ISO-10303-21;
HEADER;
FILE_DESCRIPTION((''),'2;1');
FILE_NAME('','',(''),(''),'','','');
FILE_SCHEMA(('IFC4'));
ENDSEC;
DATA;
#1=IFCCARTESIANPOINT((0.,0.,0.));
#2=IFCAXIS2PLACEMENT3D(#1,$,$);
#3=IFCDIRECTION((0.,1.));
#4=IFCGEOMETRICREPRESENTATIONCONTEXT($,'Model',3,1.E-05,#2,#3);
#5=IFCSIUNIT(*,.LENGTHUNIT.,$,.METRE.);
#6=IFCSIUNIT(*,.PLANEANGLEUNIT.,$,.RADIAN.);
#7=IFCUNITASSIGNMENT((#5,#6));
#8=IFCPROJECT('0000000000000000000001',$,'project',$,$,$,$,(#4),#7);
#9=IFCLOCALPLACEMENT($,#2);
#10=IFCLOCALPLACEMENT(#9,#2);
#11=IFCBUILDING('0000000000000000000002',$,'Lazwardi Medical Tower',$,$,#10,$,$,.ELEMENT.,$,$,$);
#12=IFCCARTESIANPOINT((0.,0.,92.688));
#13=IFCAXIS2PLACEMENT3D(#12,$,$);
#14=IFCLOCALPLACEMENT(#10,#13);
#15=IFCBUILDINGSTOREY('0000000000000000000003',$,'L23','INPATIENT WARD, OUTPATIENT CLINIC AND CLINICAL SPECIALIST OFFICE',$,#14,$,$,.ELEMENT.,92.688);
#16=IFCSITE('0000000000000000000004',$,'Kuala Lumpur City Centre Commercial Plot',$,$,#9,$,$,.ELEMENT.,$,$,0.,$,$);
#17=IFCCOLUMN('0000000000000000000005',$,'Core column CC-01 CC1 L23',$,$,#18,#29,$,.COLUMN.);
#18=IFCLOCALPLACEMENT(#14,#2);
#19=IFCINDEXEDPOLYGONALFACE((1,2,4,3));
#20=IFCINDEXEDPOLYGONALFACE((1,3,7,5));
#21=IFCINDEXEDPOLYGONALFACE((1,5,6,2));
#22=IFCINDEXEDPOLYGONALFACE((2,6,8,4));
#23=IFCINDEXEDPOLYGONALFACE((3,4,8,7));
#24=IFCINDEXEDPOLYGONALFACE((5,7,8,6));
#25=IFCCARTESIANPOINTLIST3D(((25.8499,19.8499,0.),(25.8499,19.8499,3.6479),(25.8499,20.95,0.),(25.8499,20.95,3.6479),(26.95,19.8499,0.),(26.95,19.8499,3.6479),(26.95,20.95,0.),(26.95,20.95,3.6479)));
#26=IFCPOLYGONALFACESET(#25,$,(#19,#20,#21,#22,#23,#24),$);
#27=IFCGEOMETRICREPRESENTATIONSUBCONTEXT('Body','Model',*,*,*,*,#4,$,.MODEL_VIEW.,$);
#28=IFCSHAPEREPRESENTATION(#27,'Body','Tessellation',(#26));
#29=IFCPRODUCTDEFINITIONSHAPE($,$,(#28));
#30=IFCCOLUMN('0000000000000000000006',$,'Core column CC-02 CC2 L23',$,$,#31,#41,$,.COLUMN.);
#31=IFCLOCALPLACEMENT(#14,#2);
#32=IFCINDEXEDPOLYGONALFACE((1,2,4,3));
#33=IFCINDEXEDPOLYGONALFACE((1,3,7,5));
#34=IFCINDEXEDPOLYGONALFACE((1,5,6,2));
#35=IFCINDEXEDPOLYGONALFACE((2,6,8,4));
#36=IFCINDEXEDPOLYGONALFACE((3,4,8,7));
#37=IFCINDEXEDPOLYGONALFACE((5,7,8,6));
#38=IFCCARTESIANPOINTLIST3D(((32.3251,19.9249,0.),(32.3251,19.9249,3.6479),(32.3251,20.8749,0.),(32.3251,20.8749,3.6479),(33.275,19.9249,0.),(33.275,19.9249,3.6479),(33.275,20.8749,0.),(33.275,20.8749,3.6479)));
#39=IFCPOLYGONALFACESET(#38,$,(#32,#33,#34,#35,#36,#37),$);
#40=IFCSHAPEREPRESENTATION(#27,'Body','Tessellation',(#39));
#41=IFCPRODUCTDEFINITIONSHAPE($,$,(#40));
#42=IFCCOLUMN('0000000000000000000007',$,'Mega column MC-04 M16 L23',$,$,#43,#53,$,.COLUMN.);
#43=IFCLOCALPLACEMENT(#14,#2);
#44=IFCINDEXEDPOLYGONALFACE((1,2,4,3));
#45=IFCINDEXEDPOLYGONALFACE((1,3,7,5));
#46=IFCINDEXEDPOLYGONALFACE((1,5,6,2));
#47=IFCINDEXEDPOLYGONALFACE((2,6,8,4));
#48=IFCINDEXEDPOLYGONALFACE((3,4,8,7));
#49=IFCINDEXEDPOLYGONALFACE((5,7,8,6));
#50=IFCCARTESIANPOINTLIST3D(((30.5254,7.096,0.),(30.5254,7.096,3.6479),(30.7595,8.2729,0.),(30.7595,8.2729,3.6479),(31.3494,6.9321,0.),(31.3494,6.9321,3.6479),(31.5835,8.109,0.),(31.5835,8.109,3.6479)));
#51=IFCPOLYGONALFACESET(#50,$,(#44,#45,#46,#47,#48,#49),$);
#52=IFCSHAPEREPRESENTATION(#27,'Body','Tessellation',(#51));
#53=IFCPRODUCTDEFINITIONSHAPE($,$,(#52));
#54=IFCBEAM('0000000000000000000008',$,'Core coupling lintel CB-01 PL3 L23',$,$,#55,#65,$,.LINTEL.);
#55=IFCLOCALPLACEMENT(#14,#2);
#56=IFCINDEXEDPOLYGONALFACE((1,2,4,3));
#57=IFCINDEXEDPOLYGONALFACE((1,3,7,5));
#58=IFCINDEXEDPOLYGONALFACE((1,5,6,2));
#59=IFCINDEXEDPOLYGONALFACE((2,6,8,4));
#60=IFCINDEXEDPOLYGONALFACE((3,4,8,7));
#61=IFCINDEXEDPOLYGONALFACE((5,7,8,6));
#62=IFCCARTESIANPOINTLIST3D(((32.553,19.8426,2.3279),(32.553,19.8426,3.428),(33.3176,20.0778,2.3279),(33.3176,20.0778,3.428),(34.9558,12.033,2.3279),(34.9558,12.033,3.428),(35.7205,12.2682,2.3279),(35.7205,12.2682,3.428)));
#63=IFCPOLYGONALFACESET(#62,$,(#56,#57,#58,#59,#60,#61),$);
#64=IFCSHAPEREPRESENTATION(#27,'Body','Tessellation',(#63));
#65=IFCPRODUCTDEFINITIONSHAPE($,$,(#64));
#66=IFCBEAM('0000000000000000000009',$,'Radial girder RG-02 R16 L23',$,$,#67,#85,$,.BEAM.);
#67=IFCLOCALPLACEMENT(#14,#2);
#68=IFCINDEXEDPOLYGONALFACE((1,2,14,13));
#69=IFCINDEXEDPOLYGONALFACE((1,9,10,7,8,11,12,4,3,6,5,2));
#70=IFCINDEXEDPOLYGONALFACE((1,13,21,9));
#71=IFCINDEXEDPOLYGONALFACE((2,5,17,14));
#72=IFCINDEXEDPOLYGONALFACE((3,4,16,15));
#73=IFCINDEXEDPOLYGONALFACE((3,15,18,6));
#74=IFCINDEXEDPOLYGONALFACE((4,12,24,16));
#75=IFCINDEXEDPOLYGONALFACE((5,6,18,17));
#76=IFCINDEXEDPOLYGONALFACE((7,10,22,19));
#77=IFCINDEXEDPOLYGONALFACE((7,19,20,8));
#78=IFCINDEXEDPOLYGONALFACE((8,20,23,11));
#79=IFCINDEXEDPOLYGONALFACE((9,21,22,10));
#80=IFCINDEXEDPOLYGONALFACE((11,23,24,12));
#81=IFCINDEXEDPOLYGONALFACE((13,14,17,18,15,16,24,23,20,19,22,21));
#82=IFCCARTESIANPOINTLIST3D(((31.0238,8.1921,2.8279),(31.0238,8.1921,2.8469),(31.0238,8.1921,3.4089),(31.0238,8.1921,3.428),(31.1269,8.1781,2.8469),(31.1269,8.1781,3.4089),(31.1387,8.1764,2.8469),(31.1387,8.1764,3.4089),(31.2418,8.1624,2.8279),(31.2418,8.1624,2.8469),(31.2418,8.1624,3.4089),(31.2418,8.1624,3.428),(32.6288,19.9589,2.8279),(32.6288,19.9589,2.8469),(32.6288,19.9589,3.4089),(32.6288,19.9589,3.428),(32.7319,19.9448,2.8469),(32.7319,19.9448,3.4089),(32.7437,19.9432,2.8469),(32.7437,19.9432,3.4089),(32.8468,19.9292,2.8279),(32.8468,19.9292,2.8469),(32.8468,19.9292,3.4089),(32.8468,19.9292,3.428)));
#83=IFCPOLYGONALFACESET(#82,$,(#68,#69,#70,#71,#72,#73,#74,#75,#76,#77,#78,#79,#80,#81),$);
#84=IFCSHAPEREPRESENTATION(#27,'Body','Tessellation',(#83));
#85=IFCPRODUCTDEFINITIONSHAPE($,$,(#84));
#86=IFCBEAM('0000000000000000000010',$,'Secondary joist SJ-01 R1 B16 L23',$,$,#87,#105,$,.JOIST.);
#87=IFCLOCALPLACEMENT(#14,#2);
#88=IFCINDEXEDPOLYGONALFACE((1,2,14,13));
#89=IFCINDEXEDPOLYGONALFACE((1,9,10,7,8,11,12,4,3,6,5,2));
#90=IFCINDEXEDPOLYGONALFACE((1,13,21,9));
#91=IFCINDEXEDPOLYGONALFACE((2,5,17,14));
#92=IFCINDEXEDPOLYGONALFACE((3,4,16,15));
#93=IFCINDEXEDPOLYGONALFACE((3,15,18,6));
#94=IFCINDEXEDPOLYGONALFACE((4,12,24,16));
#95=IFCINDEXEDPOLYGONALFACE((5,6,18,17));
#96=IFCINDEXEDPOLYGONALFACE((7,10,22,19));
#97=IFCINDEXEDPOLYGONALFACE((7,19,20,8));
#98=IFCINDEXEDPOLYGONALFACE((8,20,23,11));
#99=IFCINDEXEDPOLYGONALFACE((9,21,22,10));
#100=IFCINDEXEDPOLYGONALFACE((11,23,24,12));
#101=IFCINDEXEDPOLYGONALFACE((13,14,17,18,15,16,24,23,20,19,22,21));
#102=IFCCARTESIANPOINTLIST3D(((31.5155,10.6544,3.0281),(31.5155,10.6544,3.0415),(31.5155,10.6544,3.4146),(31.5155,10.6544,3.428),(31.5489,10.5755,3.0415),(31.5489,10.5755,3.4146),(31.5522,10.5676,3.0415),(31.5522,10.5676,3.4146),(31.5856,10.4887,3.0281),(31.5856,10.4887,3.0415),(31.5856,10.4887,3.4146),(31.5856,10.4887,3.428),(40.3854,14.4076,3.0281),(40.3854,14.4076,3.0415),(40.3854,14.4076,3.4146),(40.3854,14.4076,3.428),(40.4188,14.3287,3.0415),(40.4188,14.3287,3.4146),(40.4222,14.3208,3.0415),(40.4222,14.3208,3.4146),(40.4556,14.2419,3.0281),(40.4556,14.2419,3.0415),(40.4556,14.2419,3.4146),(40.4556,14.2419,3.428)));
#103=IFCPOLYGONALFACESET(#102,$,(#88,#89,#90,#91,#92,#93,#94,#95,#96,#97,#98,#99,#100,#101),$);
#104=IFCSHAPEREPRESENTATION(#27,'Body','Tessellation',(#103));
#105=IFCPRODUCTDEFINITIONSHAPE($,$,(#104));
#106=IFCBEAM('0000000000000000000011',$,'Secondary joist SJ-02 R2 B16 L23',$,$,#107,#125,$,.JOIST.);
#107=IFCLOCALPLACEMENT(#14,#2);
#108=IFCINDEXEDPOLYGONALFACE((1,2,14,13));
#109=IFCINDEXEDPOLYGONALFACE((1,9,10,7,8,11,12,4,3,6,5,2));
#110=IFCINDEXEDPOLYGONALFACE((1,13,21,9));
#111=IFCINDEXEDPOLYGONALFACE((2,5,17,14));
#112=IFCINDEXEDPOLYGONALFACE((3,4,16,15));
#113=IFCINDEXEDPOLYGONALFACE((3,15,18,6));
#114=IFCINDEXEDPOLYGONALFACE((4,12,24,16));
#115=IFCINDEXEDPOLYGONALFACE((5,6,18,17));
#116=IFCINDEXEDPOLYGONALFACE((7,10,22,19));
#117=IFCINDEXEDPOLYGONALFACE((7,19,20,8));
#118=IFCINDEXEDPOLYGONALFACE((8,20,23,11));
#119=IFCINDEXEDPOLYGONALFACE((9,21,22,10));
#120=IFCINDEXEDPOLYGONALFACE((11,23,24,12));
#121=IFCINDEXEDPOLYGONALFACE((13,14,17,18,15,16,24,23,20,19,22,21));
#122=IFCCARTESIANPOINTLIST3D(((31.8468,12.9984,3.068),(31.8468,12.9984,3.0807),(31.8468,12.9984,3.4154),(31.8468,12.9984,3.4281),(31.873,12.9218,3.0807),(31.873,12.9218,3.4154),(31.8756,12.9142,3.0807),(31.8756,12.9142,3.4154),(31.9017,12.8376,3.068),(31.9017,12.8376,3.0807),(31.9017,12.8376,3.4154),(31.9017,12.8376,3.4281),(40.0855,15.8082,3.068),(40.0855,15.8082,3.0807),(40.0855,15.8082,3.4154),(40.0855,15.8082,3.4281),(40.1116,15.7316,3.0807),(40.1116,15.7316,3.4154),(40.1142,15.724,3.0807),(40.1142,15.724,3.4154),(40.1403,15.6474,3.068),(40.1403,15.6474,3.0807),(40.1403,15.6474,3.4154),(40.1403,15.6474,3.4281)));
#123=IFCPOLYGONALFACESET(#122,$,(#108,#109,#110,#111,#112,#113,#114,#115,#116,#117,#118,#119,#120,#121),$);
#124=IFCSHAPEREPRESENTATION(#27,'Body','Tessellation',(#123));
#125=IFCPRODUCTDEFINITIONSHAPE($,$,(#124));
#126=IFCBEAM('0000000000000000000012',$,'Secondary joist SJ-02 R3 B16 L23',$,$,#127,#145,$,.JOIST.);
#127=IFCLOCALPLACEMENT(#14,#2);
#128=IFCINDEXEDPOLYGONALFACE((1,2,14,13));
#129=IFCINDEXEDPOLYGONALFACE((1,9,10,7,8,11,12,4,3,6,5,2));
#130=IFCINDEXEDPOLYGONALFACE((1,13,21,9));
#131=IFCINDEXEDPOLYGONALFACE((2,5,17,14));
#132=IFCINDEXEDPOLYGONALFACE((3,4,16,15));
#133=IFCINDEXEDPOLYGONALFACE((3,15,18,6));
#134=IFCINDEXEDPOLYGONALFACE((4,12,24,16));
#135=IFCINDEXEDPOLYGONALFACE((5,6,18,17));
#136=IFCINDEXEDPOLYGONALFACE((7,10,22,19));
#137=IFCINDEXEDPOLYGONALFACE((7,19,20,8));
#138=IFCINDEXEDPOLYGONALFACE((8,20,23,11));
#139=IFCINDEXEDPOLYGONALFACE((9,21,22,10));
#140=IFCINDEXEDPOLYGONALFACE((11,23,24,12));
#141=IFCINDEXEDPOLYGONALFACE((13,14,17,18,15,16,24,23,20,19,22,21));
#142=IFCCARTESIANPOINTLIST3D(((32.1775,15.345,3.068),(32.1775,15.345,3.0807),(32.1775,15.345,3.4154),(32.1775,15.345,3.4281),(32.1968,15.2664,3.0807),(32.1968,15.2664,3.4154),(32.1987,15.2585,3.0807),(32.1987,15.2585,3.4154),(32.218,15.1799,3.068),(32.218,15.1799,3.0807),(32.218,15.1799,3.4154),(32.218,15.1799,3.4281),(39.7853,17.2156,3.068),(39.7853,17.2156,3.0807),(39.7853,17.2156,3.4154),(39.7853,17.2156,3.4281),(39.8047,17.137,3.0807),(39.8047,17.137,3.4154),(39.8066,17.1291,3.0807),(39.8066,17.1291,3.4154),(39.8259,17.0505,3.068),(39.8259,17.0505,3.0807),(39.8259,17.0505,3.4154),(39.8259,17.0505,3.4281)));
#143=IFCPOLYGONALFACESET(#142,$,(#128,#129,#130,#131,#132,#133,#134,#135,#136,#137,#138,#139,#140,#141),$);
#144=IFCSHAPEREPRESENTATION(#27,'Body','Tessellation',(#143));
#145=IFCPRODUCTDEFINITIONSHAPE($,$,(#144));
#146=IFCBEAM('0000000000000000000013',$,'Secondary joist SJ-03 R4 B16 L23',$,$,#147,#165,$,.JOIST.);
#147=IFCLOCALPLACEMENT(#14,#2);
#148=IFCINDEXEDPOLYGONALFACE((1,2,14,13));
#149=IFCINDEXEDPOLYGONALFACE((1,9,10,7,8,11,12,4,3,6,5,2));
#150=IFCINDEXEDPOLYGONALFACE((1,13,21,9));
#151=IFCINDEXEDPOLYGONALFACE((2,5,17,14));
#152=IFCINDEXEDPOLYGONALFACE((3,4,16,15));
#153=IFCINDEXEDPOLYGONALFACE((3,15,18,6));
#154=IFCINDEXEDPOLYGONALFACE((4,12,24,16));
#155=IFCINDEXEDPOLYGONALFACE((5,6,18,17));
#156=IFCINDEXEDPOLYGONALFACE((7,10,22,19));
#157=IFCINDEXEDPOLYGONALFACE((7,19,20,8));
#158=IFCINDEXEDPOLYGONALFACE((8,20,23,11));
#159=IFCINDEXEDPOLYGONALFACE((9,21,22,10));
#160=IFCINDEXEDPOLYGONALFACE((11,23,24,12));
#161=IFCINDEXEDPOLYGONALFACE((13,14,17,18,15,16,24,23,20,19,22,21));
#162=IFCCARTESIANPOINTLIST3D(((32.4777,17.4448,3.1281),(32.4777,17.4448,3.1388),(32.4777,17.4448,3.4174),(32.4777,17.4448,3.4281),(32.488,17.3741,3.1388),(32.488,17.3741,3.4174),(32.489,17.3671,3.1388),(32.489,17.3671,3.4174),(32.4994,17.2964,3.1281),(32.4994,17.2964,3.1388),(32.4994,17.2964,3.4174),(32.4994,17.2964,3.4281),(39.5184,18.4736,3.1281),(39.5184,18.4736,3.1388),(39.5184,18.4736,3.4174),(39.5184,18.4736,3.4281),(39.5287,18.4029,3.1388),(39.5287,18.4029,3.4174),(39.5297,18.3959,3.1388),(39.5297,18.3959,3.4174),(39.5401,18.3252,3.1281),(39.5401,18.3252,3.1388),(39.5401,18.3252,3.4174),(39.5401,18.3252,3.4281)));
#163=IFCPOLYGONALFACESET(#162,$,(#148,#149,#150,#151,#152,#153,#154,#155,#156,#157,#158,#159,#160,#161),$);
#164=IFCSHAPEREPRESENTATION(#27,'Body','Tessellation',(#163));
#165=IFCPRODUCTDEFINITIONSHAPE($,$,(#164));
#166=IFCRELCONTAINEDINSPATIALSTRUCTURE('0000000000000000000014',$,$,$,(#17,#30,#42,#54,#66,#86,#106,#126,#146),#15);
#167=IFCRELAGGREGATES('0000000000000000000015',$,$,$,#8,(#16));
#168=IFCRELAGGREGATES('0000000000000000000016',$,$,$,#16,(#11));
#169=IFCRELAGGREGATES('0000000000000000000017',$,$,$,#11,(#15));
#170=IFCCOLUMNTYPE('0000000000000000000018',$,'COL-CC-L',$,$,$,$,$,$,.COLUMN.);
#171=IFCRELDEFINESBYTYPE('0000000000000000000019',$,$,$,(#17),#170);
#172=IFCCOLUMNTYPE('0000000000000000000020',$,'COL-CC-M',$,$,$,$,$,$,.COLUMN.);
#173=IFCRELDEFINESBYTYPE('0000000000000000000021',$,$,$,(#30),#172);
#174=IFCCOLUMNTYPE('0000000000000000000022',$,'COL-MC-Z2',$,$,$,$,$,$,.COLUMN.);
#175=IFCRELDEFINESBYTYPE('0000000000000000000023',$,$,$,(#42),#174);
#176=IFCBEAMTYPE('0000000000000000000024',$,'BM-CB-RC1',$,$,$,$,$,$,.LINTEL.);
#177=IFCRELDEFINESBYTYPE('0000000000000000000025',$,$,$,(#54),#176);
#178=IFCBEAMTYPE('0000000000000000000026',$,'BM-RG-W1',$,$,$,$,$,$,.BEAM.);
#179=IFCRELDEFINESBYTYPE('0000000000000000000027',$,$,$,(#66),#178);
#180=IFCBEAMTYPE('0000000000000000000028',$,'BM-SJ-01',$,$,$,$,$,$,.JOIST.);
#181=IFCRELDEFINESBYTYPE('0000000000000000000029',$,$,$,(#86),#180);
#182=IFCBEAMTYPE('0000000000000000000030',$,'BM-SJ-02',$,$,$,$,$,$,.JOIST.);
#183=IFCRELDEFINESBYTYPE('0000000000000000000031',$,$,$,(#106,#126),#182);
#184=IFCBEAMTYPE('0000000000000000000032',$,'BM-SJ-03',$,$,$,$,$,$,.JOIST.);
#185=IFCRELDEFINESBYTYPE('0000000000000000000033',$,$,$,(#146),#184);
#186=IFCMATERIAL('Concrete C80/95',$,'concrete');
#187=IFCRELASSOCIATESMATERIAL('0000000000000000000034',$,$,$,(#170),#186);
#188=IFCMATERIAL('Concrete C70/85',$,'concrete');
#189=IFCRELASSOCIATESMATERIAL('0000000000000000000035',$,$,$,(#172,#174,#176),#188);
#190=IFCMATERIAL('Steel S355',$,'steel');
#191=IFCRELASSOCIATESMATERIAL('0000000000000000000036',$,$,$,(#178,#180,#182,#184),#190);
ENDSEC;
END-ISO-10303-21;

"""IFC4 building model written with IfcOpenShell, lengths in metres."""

from ifc_helpers import new_model, si_unit, direction, frame, origin, origin_2d, place, context, subcontext, project, spatial, rectangle, i_section, extrude, material, material_profile, profile_set, type_object, element, save


model = new_model("IFC4")

# Units and contexts
model_context = context("Model", 3, precision=1e-05, world=origin(), true_north=direction((0.0, 1.0)))
body_context = subcontext(model_context, "Body", "Model", "MODEL_VIEW")
ifc_project = project(units=[si_unit("LENGTHUNIT", "METRE"), si_unit("PLANEANGLEUNIT", "RADIAN")], contexts=[model_context])

# Site, building, storey
site_placement = place(None, origin())
site = spatial("IfcSite", under=ifc_project, at=site_placement, Name="Kuala Lumpur City Centre Commercial Plot", CompositionType="ELEMENT", RefElevation=0.0)
building_placement = place(site_placement, origin())
building = spatial("IfcBuilding", under=site, at=building_placement, Name="Lazwardi Medical Tower", CompositionType="ELEMENT")
storey_placement = place(building_placement, frame((0.0, 0.0, 92.688)))
storey = spatial("IfcBuildingStorey", under=building, at=storey_placement, Name="L23", Description="INPATIENT WARD, OUTPATIENT CLINIC AND CLINICAL SPECIALIST OFFICE", CompositionType="ELEMENT", Elevation=92.688)

# Columns
ifc_material_1 = material(Name="Concrete C80/95", Category="concrete")
ifc_material_profile_1 = material_profile(ifc_material_1, rectangle(XDim=1.1001, YDim=1.1001, at=origin_2d()), Name="RC 1100x1100")
ifc_profile_set_1 = profile_set([ifc_material_profile_1], Name="Concrete C80/95")
column_type_1 = type_object("IfcColumnType", Name="COL-CC-L", PredefinedType="COLUMN", material=ifc_profile_set_1)
column_1_placement = place(storey_placement, frame((26.3999, 20.3999, 0.0), z_axis=(0.0, 0.0, 1.0), x_axis=(1.0, 0.0, 0.0)))
element("IfcColumn", 1, at=column_1_placement, inside=storey, type_object=column_type_1, Name="Core column CC-01 CC1 L23", PredefinedType="COLUMN", context=body_context, shape_type="SweptSolid", body=[
    extrude(rectangle(XDim=1.1001, YDim=1.1001, at=origin_2d()), origin(), (0.0, 0.0, 1.0), 3.6479),
])
ifc_material_2 = material(Name="Concrete C70/85", Category="concrete")
ifc_material_profile_2 = material_profile(ifc_material_2, rectangle(XDim=0.95, YDim=0.95, at=origin_2d()), Name="RC 950x950")
ifc_profile_set_2 = profile_set([ifc_material_profile_2], Name="Concrete C70/85")
column_type_2 = type_object("IfcColumnType", Name="COL-CC-M", PredefinedType="COLUMN", material=ifc_profile_set_2)
column_2_placement = place(storey_placement, frame((32.8, 20.3999, 0.0), z_axis=(0.0, 0.0, 1.0), x_axis=(1.0, 0.0, 0.0)))
element("IfcColumn", 2, at=column_2_placement, inside=storey, type_object=column_type_2, Name="Core column CC-02 CC2 L23", PredefinedType="COLUMN", context=body_context, shape_type="SweptSolid", body=[
    extrude(rectangle(XDim=0.95, YDim=0.95, at=origin_2d()), origin(), (0.0, 0.0, 1.0), 3.6479),
])
ifc_material_profile_3 = material_profile(ifc_material_2, rectangle(XDim=1.2, YDim=0.8401, at=origin_2d()), Name="CFT-RECT 1200x840")
ifc_profile_set_3 = profile_set([ifc_material_profile_3], Name="Concrete C70/85")
column_type_3 = type_object("IfcColumnType", Name="COL-MC-Z2", PredefinedType="COLUMN", material=ifc_profile_set_3)
column_3_placement = place(storey_placement, frame((31.0544, 7.6025, 0.0), z_axis=(0.0, 0.0, 1.0), x_axis=(-0.19509, -0.980785, 0.0)))
element("IfcColumn", 3, at=column_3_placement, inside=storey, type_object=column_type_3, Name="Mega column MC-04 M16 L23", PredefinedType="COLUMN", context=body_context, shape_type="SweptSolid", body=[
    extrude(rectangle(XDim=1.2, YDim=0.8401, at=origin_2d()), origin(), (0.0, 0.0, 1.0), 3.6479),
])

# Beams
ifc_material_profile_4 = material_profile(ifc_material_2, rectangle(XDim=0.8, YDim=1.1001, at=origin_2d()), Name="RC 800x1100")
ifc_profile_set_4 = profile_set([ifc_material_profile_4], Name="Concrete C70/85")
beam_type_1 = type_object("IfcBeamType", Name="BM-CB-RC1", PredefinedType="LINTEL", material=ifc_profile_set_4)
beam_1_placement = place(storey_placement, frame((32.9353, 19.9602, 2.8779), z_axis=(0.294073, -0.955783, 0.0), x_axis=(0.955783, 0.294073, 0.0)))
element("IfcBeam", 4, at=beam_1_placement, inside=storey, type_object=beam_type_1, Name="Core coupling lintel CB-01 PL3 L23", PredefinedType="LINTEL", context=body_context, shape_type="SweptSolid", body=[
    extrude(rectangle(XDim=0.8, YDim=1.1001, at=origin_2d()), origin(), (0.0, 0.0, 1.0), 8.1709),
])
ifc_material_3 = material(Name="Steel S355", Category="steel")
ifc_material_profile_5 = material_profile(ifc_material_3, i_section(OverallWidth=0.22, OverallDepth=0.6001, WebThickness=0.012, FlangeThickness=0.019, at=origin_2d()), Name="IPE 600")
ifc_profile_set_5 = profile_set([ifc_material_profile_5], Name="Steel S355")
beam_type_2 = type_object("IfcBeamType", Name="BM-RG-W1", PredefinedType="BEAM", material=ifc_profile_set_5)
beam_2_placement = place(storey_placement, frame((31.1328, 8.1772, 3.1279), z_axis=(0.135147, 0.990826, 0.0), x_axis=(-0.990826, 0.135147, 0.0)))
element("IfcBeam", 5, at=beam_2_placement, inside=storey, type_object=beam_type_2, Name="Radial girder RG-02 R16 L23", PredefinedType="BEAM", context=body_context, shape_type="SweptSolid", body=[
    extrude(i_section(OverallWidth=0.22, OverallDepth=0.6001, WebThickness=0.012, FlangeThickness=0.019, at=origin_2d()), origin(), (0.0, 0.0, 1.0), 11.8757),
])
ifc_material_profile_6 = material_profile(ifc_material_3, i_section(OverallWidth=0.1799, OverallDepth=0.3999, WebThickness=0.0085, FlangeThickness=0.0134, at=origin_2d()), Name="IPE 400")
ifc_profile_set_6 = profile_set([ifc_material_profile_6], Name="Steel S355")
beam_type_3 = type_object("IfcBeamType", Name="BM-SJ-01", PredefinedType="JOIST", material=ifc_profile_set_6)
beam_3_placement = place(storey_placement, frame((31.5505, 10.5715, 3.228), z_axis=(0.920947, 0.389687, 0.0), x_axis=(-0.389687, 0.920947, 0.0)))
element("IfcBeam", 6, at=beam_3_placement, inside=storey, type_object=beam_type_3, Name="Secondary joist SJ-01 R1 B16 L23", PredefinedType="JOIST", context=body_context, shape_type="SweptSolid", body=[
    extrude(i_section(OverallWidth=0.1799, OverallDepth=0.3999, WebThickness=0.0085, FlangeThickness=0.0134, at=origin_2d()), origin(), (0.0, 0.0, 1.0), 9.6313),
])
ifc_material_profile_7 = material_profile(ifc_material_3, i_section(OverallWidth=0.1699, OverallDepth=0.3601, WebThickness=0.0081, FlangeThickness=0.0127, at=origin_2d()), Name="IPE 360")
ifc_profile_set_7 = profile_set([ifc_material_profile_7], Name="Steel S355")
beam_type_4 = type_object("IfcBeamType", Name="BM-SJ-02", PredefinedType="JOIST", material=ifc_profile_set_7)
beam_4_placement = place(storey_placement, frame((31.8743, 12.918, 3.248), z_axis=(0.946467, 0.3228, 0.0), x_axis=(-0.3228, 0.946467, 0.0)))
element("IfcBeam", 7, at=beam_4_placement, inside=storey, type_object=beam_type_4, Name="Secondary joist SJ-02 R2 B16 L23", PredefinedType="JOIST", context=body_context, shape_type="SweptSolid", body=[
    extrude(i_section(OverallWidth=0.1699, OverallDepth=0.3601, WebThickness=0.0081, FlangeThickness=0.0127, at=origin_2d()), origin(), (0.0, 0.0, 1.0), 8.7046),
])
beam_5_placement = place(storey_placement, frame((32.1978, 15.2625, 3.248), z_axis=(0.971077, 0.238765, 0.0), x_axis=(-0.238765, 0.971077, 0.0)))
element("IfcBeam", 8, at=beam_5_placement, inside=storey, type_object=beam_type_4, Name="Secondary joist SJ-02 R3 B16 L23", PredefinedType="JOIST", context=body_context, shape_type="SweptSolid", body=[
    extrude(i_section(OverallWidth=0.1699, OverallDepth=0.3601, WebThickness=0.0081, FlangeThickness=0.0127, at=origin_2d()), origin(), (0.0, 0.0, 1.0), 7.8345),
])
ifc_material_profile_8 = material_profile(ifc_material_3, i_section(OverallWidth=0.1499, OverallDepth=0.3, WebThickness=0.0071, FlangeThickness=0.0107, at=origin_2d()), Name="IPE 300")
ifc_profile_set_8 = profile_set([ifc_material_profile_8], Name="Steel S355")
beam_type_5 = type_object("IfcBeamType", Name="BM-SJ-03", PredefinedType="JOIST", material=ifc_profile_set_8)
beam_6_placement = place(storey_placement, frame((32.4885, 17.3706, 3.2781), z_axis=(0.989492, 0.144586, 0.0), x_axis=(-0.144586, 0.989492, 0.0)))
element("IfcBeam", 9, at=beam_6_placement, inside=storey, type_object=beam_type_5, Name="Secondary joist SJ-03 R4 B16 L23", PredefinedType="JOIST", context=body_context, shape_type="SweptSolid", body=[
    extrude(i_section(OverallWidth=0.1499, OverallDepth=0.3, WebThickness=0.0071, FlangeThickness=0.0107, at=origin_2d()), origin(), (0.0, 0.0, 1.0), 7.1155),
])

save(model, "model.ifc")
